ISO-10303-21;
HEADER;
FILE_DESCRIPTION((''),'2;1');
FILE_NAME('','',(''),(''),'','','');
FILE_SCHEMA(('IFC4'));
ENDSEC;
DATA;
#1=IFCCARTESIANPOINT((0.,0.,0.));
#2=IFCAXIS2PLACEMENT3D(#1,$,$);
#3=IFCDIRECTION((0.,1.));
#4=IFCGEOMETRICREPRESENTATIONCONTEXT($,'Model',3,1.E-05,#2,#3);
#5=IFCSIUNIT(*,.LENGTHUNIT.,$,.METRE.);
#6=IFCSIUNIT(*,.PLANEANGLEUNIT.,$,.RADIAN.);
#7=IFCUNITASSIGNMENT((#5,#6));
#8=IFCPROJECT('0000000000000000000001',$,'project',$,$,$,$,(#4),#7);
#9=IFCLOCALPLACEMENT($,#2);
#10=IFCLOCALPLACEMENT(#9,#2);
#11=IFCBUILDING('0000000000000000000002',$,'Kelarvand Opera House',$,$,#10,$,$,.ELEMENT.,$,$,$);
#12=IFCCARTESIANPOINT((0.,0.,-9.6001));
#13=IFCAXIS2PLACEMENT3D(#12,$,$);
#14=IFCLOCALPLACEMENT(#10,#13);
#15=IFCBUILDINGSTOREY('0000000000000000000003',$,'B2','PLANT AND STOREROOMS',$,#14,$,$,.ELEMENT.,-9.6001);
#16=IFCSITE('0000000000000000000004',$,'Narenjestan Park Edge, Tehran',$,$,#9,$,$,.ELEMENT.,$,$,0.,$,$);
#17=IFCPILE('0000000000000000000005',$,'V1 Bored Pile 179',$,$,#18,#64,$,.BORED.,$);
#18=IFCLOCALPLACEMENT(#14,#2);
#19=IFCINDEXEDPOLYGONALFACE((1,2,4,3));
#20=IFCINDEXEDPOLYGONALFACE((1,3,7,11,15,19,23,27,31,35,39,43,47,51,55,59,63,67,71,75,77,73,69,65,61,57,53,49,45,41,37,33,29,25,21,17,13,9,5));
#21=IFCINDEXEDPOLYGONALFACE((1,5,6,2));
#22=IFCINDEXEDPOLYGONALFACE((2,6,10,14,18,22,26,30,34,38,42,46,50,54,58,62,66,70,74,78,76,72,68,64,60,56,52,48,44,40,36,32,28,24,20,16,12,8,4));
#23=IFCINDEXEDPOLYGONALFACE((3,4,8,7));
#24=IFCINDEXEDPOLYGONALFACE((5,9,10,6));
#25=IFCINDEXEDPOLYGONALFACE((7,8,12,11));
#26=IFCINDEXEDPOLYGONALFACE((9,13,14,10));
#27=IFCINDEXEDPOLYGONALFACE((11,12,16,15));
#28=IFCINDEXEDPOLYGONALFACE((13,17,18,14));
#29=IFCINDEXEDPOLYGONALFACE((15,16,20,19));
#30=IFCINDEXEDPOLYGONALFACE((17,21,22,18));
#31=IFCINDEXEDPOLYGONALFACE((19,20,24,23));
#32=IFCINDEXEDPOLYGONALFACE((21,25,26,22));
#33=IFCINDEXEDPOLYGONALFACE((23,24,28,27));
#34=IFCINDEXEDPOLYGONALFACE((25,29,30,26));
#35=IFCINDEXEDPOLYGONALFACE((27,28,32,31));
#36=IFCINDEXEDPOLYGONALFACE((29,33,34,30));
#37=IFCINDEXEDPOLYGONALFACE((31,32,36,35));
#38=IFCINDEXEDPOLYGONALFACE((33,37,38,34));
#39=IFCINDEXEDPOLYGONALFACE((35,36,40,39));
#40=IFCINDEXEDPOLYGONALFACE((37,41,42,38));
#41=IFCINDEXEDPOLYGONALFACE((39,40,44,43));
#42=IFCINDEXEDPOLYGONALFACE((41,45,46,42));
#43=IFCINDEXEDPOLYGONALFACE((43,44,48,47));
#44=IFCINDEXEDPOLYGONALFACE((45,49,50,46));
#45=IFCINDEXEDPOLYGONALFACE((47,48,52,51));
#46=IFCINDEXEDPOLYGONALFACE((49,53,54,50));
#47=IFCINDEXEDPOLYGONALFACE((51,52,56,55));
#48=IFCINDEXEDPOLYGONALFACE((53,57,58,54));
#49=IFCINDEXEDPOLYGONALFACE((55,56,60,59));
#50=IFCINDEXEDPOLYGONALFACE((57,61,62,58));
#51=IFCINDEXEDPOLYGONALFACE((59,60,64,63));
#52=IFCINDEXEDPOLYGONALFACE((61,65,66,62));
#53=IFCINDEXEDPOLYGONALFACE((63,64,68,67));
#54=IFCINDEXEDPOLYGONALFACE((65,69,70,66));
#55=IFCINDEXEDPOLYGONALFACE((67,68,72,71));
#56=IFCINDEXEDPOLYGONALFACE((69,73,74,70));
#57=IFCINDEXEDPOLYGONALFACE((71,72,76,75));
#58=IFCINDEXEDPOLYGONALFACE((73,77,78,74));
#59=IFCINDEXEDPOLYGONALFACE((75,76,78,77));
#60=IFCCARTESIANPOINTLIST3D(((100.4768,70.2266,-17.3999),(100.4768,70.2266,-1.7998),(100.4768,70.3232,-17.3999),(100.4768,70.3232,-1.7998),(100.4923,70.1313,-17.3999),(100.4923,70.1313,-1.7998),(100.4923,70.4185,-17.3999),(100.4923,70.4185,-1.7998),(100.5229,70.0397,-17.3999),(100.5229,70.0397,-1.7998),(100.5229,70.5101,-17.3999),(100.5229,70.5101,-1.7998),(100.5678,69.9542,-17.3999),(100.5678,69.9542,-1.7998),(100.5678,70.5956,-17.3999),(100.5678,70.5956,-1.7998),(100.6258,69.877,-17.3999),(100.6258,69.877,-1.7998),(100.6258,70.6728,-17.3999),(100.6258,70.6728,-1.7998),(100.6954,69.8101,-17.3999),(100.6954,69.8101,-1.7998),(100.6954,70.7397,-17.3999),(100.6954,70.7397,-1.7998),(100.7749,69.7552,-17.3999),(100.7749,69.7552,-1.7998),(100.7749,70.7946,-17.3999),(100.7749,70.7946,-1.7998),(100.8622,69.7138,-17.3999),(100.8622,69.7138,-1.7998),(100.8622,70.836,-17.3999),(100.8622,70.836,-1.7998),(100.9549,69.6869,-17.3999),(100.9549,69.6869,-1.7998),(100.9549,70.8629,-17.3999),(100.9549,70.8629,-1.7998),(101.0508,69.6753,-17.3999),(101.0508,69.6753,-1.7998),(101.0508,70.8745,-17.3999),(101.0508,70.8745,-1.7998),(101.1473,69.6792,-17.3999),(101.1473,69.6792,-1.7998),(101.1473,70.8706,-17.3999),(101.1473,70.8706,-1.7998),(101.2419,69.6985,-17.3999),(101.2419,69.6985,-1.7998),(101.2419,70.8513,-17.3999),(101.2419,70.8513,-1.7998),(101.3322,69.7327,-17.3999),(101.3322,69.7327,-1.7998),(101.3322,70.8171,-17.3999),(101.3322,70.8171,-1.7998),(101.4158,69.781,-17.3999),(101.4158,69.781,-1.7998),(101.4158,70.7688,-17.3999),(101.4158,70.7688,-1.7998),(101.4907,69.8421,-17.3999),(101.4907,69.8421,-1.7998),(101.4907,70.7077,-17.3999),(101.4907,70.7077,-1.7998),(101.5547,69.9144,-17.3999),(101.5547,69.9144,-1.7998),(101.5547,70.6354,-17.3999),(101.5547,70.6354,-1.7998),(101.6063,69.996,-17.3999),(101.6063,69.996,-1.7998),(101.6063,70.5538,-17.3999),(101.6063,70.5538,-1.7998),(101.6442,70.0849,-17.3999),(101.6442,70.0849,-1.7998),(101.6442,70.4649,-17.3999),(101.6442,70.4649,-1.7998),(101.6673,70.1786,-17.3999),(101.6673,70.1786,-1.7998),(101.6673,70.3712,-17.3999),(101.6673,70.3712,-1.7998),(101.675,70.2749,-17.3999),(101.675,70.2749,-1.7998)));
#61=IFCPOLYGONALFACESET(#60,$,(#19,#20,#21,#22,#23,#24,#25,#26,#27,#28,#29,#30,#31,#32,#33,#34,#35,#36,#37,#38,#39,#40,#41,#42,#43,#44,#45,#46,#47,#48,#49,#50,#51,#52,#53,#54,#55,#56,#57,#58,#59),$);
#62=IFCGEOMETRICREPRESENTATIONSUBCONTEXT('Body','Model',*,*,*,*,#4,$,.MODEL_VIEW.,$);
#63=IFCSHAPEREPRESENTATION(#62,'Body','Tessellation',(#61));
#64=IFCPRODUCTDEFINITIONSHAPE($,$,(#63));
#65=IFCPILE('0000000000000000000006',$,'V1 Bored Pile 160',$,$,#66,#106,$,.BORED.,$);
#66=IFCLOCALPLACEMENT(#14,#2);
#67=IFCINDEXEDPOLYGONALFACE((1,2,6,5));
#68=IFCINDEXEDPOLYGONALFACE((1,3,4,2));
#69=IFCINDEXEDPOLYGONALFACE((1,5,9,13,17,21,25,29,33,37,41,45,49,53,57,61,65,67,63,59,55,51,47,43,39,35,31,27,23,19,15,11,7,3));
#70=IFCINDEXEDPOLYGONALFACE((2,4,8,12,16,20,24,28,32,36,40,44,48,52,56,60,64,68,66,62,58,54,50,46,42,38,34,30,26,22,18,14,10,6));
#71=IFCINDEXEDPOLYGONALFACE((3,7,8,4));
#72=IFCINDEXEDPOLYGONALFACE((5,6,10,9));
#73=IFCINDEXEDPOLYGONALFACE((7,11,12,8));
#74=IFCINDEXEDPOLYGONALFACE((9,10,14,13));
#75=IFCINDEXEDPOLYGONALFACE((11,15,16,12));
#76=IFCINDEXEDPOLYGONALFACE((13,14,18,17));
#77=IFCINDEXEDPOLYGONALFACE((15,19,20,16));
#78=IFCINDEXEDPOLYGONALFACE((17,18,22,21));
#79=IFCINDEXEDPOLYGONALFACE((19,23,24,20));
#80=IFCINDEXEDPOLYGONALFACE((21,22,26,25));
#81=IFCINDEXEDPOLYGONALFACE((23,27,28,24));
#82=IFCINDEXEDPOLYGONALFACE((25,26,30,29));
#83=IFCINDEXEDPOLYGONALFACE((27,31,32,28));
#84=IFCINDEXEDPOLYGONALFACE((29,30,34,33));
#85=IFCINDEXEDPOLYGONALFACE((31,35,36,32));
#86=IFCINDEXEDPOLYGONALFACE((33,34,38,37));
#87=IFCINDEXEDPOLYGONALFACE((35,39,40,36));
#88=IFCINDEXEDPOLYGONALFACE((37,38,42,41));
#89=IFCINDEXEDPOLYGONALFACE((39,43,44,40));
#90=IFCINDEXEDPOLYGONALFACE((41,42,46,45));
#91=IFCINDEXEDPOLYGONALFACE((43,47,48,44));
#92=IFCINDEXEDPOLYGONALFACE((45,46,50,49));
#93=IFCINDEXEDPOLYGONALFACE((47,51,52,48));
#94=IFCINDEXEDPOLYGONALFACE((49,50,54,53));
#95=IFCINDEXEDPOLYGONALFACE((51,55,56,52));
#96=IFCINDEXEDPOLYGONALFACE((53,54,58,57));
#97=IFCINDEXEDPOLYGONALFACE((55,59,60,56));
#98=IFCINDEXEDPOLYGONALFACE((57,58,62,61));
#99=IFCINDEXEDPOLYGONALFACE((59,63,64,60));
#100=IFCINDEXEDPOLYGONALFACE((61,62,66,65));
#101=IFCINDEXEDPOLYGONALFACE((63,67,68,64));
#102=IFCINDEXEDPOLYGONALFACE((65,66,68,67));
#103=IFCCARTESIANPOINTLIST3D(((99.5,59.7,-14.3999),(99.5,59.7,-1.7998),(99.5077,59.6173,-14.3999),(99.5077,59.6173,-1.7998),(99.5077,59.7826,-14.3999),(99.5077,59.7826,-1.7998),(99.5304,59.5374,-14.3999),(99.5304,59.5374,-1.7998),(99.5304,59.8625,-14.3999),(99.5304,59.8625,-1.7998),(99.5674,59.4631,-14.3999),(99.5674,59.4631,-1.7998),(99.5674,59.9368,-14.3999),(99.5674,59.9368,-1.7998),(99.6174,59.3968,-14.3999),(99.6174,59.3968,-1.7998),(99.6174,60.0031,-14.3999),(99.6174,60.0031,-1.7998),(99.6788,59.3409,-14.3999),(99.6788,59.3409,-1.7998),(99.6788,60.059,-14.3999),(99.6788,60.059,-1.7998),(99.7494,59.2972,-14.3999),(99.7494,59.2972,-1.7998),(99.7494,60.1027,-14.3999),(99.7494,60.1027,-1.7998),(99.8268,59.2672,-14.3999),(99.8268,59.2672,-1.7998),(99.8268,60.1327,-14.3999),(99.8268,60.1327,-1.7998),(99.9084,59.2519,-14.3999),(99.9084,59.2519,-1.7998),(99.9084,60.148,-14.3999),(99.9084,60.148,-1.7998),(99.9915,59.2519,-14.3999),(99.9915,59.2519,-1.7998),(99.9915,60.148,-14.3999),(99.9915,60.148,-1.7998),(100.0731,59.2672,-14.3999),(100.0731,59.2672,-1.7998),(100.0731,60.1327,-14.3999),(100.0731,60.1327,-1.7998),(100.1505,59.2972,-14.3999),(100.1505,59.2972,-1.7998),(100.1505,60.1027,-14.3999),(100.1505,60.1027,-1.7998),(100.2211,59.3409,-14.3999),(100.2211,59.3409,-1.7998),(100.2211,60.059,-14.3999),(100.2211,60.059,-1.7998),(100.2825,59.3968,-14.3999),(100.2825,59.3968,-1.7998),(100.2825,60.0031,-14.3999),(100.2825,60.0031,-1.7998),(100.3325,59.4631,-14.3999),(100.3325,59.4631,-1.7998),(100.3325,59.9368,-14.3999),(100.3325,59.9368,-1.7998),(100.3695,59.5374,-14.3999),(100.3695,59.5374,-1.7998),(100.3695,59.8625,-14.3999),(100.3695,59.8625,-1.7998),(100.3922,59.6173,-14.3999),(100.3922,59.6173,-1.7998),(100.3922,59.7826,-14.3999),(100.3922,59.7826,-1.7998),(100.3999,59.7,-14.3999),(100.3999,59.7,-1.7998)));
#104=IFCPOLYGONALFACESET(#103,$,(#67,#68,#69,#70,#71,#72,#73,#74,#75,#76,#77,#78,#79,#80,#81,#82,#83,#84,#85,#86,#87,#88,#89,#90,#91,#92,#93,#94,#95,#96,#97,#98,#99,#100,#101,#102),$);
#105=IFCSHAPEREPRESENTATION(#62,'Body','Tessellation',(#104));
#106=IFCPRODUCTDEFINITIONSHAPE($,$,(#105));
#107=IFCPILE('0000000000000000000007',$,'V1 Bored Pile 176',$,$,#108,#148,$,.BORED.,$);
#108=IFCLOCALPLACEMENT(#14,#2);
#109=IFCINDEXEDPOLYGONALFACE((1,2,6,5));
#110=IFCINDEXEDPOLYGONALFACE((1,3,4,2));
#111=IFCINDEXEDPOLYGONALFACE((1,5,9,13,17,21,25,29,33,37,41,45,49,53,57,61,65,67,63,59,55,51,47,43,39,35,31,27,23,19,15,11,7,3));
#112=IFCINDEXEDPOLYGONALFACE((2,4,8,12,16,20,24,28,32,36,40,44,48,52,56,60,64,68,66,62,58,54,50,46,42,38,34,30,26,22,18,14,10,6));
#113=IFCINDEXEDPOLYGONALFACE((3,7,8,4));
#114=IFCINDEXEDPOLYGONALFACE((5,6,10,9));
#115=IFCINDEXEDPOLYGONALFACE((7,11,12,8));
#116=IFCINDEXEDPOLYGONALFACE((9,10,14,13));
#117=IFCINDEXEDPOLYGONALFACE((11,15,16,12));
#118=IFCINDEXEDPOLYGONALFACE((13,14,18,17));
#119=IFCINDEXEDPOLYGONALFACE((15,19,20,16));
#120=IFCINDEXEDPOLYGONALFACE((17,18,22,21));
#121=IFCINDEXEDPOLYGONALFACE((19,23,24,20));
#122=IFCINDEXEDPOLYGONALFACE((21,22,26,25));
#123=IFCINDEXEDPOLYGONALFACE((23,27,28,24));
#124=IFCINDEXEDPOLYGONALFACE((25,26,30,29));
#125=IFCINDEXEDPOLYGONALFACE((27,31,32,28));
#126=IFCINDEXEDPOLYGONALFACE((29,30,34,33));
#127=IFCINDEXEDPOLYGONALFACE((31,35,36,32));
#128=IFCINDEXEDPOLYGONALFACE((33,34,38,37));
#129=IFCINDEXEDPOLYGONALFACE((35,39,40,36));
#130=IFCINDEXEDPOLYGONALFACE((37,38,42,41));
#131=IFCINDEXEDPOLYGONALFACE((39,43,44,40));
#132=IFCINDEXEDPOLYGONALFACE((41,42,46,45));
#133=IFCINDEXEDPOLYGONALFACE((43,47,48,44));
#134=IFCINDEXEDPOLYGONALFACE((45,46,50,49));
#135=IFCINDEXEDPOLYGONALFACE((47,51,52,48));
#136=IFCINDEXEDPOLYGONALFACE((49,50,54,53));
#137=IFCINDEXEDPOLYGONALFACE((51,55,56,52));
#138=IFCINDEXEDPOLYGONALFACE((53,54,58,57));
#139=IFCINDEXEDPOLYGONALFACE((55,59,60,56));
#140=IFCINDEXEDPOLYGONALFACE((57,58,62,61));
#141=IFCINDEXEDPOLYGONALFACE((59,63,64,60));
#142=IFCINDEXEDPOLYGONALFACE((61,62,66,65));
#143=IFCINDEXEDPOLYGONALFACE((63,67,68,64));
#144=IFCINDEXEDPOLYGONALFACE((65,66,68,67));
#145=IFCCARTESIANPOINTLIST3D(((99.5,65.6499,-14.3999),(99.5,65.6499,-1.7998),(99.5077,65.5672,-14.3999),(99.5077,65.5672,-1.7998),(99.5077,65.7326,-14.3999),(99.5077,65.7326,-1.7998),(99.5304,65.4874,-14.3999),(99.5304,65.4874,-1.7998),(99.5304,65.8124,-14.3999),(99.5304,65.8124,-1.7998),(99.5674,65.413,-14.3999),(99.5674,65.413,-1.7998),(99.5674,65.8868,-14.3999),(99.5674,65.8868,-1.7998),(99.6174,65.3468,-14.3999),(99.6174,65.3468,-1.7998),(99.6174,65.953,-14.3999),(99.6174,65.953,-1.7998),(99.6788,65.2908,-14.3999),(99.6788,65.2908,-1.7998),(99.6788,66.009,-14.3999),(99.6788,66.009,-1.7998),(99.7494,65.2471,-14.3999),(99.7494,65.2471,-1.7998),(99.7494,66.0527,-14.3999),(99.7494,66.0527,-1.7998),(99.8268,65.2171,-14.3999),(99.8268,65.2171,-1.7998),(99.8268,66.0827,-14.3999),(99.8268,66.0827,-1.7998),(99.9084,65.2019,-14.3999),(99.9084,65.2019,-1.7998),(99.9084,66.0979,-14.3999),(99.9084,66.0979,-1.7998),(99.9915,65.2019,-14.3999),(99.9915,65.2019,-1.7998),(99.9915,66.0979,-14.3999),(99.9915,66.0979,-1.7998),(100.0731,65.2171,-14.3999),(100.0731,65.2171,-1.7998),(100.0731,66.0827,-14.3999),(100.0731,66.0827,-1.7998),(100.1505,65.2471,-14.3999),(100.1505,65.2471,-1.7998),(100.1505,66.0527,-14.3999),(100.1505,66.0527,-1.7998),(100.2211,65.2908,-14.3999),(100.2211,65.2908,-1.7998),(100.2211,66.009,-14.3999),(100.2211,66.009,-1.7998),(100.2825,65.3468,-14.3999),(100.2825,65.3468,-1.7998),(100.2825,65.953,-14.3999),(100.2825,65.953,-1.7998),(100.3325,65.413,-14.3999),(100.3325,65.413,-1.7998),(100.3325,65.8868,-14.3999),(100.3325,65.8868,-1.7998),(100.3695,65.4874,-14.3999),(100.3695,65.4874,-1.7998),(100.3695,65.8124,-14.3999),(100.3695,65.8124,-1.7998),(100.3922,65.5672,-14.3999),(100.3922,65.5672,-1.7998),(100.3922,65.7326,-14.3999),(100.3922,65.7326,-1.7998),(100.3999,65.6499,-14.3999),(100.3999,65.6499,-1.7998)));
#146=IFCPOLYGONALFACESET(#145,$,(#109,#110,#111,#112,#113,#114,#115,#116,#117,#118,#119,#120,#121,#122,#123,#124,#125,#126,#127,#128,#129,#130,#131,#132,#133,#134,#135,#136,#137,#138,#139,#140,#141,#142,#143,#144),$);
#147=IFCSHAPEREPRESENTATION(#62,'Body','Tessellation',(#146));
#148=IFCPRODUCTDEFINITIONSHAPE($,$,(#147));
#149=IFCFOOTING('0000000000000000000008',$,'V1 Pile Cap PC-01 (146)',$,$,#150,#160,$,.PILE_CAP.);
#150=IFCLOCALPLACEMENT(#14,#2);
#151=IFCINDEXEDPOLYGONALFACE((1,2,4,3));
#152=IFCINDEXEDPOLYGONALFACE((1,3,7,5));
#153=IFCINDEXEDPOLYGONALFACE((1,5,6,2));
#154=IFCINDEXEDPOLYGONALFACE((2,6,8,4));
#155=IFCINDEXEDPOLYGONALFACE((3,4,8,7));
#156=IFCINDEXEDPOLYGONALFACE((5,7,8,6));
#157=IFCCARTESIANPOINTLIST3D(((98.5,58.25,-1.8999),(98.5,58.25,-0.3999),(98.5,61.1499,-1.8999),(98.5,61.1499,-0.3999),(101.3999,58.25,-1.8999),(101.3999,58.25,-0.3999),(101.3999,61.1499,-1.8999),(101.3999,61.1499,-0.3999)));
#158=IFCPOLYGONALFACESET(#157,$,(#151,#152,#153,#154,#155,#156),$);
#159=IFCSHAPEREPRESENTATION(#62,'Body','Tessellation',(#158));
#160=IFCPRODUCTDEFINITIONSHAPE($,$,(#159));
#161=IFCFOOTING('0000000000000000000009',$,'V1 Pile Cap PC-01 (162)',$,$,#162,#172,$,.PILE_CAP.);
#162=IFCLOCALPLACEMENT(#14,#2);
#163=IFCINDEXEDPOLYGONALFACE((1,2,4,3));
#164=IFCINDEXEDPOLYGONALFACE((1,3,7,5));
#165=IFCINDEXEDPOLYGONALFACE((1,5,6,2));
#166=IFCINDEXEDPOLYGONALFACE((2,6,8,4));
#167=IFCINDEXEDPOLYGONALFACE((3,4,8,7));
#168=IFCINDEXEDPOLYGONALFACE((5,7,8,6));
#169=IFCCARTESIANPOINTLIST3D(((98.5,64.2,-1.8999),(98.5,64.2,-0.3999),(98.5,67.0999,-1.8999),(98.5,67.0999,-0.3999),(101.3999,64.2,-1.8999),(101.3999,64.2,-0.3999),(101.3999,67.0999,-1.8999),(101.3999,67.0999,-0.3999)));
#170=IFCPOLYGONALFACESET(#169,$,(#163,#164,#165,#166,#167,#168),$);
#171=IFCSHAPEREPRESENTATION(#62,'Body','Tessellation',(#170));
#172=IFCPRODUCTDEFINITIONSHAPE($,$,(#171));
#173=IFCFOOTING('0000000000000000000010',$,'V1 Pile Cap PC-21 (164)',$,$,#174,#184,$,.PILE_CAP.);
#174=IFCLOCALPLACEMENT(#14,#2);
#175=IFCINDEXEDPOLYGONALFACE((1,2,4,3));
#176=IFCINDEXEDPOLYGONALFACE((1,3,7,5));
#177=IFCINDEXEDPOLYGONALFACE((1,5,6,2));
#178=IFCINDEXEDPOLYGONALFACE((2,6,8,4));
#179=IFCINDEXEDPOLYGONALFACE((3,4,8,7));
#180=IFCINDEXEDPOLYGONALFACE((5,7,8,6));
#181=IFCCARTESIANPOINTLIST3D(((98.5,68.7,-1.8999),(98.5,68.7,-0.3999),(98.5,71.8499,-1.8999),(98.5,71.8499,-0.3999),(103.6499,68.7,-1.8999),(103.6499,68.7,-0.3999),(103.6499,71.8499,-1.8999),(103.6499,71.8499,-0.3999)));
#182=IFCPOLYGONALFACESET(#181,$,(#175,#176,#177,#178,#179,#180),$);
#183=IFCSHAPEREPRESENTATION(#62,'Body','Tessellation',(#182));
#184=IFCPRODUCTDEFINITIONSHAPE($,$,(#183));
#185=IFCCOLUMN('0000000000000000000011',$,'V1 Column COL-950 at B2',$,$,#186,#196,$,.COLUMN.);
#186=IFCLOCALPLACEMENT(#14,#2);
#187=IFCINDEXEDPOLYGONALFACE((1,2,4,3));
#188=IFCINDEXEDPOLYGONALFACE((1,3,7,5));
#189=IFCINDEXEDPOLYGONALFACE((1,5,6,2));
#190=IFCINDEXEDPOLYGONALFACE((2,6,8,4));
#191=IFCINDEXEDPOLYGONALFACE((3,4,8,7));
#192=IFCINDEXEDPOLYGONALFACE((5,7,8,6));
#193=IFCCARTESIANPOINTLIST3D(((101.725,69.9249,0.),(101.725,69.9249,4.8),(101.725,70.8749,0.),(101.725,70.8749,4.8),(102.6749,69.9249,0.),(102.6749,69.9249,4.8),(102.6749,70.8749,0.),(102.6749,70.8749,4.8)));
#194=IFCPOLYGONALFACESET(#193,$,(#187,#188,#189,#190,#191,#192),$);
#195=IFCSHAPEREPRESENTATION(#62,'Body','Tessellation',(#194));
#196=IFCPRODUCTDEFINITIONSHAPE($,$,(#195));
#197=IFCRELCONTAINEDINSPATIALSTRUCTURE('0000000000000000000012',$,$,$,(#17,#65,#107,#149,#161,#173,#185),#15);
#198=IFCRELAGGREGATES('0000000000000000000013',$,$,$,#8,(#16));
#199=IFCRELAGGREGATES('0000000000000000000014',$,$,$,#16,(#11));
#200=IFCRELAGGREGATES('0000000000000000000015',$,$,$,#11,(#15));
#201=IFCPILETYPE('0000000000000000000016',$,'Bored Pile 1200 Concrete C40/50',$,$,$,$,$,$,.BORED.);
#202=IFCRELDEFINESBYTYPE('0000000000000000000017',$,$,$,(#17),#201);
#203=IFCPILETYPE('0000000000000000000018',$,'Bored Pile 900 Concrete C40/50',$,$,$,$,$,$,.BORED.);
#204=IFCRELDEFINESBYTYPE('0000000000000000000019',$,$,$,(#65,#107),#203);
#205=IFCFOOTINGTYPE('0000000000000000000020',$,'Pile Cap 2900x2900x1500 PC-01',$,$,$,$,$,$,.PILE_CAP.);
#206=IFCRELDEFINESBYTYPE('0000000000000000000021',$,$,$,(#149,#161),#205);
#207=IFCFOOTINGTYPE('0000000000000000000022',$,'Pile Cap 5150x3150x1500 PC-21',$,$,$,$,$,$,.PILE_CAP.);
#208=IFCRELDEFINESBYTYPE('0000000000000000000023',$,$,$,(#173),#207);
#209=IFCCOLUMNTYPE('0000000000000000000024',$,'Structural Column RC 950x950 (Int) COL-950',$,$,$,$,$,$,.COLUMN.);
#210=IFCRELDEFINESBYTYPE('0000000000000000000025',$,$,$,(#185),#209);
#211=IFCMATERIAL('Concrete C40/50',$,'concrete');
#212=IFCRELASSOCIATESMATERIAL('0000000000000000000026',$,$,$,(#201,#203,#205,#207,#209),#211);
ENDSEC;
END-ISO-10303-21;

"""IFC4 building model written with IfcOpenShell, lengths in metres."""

from ifc_helpers import new_model, si_unit, direction, frame, origin, origin_2d, place, context, subcontext, project, spatial, rectangle, circle, extrude, material, material_profile, profile_set, type_object, element, save


model = new_model("IFC4")

# Units and contexts
model_context = context("Model", 3, precision=1e-05, world=origin(), true_north=direction((0.0, 1.0)))
body_context = subcontext(model_context, "Body", "Model", "MODEL_VIEW")
ifc_project = project(units=[si_unit("LENGTHUNIT", "METRE"), si_unit("PLANEANGLEUNIT", "RADIAN")], contexts=[model_context])

# Site, building, storey
site_placement = place(None, origin())
site = spatial("IfcSite", under=ifc_project, at=site_placement, Name="Narenjestan Park Edge, Tehran", CompositionType="ELEMENT", RefElevation=0.0)
building_placement = place(site_placement, origin())
building = spatial("IfcBuilding", under=site, at=building_placement, Name="Kelarvand Opera House", CompositionType="ELEMENT")
storey_placement = place(building_placement, frame((0.0, 0.0, -9.6001)))
storey = spatial("IfcBuildingStorey", under=building, at=storey_placement, Name="B2", Description="PLANT AND STOREROOMS", CompositionType="ELEMENT", Elevation=-9.6001)

# Piles
ifc_material_1 = material(Name="Concrete C40/50", Category="concrete")
ifc_material_profile_1 = material_profile(ifc_material_1, circle(Radius=0.6001, at=origin_2d()), Name="BP 1200", Category="concrete")
ifc_profile_set_1 = profile_set([ifc_material_profile_1], Name="Concrete C40/50")
pile_type_1 = type_object("IfcPileType", Name="Bored Pile 1200 Concrete C40/50", PredefinedType="BORED", material=ifc_profile_set_1)
pile_placement = place(storey_placement, frame((101.075, 70.2749, -1.7998), z_axis=(0.0, 0.0, -1.0), x_axis=(1.0, 0.0, 0.0)))
element("IfcPile", 1, at=pile_placement, inside=storey, type_object=pile_type_1, Name="V1 Bored Pile 179", PredefinedType="BORED", context=body_context, shape_type="SweptSolid", body=[
    extrude(circle(Radius=0.6001, at=origin_2d()), origin(), (0.0, 0.0, 1.0), 15.6001),
])
ifc_material_profile_2 = material_profile(ifc_material_1, circle(Radius=0.45, at=origin_2d()), Name="BP 900", Category="concrete")
ifc_profile_set_2 = profile_set([ifc_material_profile_2], Name="Concrete C40/50")
pile_type_2 = type_object("IfcPileType", Name="Bored Pile 900 Concrete C40/50", PredefinedType="BORED", material=ifc_profile_set_2)
for number, where, z_axis, x_axis, name in (
    (2, (99.95, 59.7, -1.7998), (0.0, 0.0, -1.0), (1.0, 0.0, 0.0), "V1 Bored Pile 160"),
    (3, (99.95, 65.6499, -1.7998), (0.0, 0.0, -1.0), (1.0, 0.0, 0.0), "V1 Bored Pile 176"),
):
    element("IfcPile", number, at=place(storey_placement, frame(where, z_axis=z_axis, x_axis=x_axis)), inside=storey, type_object=pile_type_2, Name=name, PredefinedType="BORED", context=body_context, shape_type="SweptSolid", body=[
        extrude(circle(Radius=0.45, at=origin_2d()), origin(), (0.0, 0.0, 1.0), 12.6001),
    ])

# Footings
footing_type_1 = type_object("IfcFootingType", Name="Pile Cap 2900x2900x1500 PC-01", PredefinedType="PILE_CAP", material=ifc_material_1)
for number, where, z_axis, x_axis, name in (
    (4, (99.95, 59.7, -1.8999), (0.0, 0.0, 1.0), (1.0, 0.0, 0.0), "V1 Pile Cap PC-01 (146)"),
    (5, (99.95, 65.6499, -1.8999), (0.0, 0.0, 1.0), (1.0, 0.0, 0.0), "V1 Pile Cap PC-01 (162)"),
):
    element("IfcFooting", number, at=place(storey_placement, frame(where, z_axis=z_axis, x_axis=x_axis)), inside=storey, type_object=footing_type_1, Name=name, PredefinedType="PILE_CAP", context=body_context, shape_type="SweptSolid", body=[
        extrude(rectangle(XDim=2.8999, YDim=2.8999, at=origin_2d()), origin(), (0.0, 0.0, 1.0), 1.5),
    ])
footing_type_2 = type_object("IfcFootingType", Name="Pile Cap 5150x3150x1500 PC-21", PredefinedType="PILE_CAP", material=ifc_material_1)
footing_placement = place(storey_placement, frame((101.075, 70.2749, -1.8999), z_axis=(0.0, 0.0, 1.0), x_axis=(1.0, 0.0, 0.0)))
element("IfcFooting", 6, at=footing_placement, inside=storey, type_object=footing_type_2, Name="V1 Pile Cap PC-21 (164)", PredefinedType="PILE_CAP", context=body_context, shape_type="SweptSolid", body=[
    extrude(rectangle(XDim=5.1499, YDim=3.1499, at=origin_2d()), origin(), (0.0, 0.0, 1.0), 1.5),
])

# Column
ifc_material_profile_3 = material_profile(ifc_material_1, rectangle(XDim=0.95, YDim=0.95, at=origin_2d()), Name="RC 950x950", Category="concrete")
ifc_profile_set_3 = profile_set([ifc_material_profile_3], Name="Concrete C40/50")
column_type = type_object("IfcColumnType", Name="Structural Column RC 950x950 (Int) COL-950", PredefinedType="COLUMN", material=ifc_profile_set_3)
for number, where, z_axis, x_axis, name in (
    (7, (102.2, 70.3999, 0.0), (0.0, 0.0, 1.0), (1.0, 0.0, 0.0), "V1 Column COL-950 at B2"),
):
    element("IfcColumn", number, at=place(storey_placement, frame(where, z_axis=z_axis, x_axis=x_axis)), inside=storey, type_object=column_type, Name=name, PredefinedType="COLUMN", context=body_context, shape_type="SweptSolid", body=[
        extrude(rectangle(XDim=0.95, YDim=0.95, at=origin_2d()), origin(), (0.0, 0.0, 1.0), 4.8),
    ])

save(model, "model.ifc")
